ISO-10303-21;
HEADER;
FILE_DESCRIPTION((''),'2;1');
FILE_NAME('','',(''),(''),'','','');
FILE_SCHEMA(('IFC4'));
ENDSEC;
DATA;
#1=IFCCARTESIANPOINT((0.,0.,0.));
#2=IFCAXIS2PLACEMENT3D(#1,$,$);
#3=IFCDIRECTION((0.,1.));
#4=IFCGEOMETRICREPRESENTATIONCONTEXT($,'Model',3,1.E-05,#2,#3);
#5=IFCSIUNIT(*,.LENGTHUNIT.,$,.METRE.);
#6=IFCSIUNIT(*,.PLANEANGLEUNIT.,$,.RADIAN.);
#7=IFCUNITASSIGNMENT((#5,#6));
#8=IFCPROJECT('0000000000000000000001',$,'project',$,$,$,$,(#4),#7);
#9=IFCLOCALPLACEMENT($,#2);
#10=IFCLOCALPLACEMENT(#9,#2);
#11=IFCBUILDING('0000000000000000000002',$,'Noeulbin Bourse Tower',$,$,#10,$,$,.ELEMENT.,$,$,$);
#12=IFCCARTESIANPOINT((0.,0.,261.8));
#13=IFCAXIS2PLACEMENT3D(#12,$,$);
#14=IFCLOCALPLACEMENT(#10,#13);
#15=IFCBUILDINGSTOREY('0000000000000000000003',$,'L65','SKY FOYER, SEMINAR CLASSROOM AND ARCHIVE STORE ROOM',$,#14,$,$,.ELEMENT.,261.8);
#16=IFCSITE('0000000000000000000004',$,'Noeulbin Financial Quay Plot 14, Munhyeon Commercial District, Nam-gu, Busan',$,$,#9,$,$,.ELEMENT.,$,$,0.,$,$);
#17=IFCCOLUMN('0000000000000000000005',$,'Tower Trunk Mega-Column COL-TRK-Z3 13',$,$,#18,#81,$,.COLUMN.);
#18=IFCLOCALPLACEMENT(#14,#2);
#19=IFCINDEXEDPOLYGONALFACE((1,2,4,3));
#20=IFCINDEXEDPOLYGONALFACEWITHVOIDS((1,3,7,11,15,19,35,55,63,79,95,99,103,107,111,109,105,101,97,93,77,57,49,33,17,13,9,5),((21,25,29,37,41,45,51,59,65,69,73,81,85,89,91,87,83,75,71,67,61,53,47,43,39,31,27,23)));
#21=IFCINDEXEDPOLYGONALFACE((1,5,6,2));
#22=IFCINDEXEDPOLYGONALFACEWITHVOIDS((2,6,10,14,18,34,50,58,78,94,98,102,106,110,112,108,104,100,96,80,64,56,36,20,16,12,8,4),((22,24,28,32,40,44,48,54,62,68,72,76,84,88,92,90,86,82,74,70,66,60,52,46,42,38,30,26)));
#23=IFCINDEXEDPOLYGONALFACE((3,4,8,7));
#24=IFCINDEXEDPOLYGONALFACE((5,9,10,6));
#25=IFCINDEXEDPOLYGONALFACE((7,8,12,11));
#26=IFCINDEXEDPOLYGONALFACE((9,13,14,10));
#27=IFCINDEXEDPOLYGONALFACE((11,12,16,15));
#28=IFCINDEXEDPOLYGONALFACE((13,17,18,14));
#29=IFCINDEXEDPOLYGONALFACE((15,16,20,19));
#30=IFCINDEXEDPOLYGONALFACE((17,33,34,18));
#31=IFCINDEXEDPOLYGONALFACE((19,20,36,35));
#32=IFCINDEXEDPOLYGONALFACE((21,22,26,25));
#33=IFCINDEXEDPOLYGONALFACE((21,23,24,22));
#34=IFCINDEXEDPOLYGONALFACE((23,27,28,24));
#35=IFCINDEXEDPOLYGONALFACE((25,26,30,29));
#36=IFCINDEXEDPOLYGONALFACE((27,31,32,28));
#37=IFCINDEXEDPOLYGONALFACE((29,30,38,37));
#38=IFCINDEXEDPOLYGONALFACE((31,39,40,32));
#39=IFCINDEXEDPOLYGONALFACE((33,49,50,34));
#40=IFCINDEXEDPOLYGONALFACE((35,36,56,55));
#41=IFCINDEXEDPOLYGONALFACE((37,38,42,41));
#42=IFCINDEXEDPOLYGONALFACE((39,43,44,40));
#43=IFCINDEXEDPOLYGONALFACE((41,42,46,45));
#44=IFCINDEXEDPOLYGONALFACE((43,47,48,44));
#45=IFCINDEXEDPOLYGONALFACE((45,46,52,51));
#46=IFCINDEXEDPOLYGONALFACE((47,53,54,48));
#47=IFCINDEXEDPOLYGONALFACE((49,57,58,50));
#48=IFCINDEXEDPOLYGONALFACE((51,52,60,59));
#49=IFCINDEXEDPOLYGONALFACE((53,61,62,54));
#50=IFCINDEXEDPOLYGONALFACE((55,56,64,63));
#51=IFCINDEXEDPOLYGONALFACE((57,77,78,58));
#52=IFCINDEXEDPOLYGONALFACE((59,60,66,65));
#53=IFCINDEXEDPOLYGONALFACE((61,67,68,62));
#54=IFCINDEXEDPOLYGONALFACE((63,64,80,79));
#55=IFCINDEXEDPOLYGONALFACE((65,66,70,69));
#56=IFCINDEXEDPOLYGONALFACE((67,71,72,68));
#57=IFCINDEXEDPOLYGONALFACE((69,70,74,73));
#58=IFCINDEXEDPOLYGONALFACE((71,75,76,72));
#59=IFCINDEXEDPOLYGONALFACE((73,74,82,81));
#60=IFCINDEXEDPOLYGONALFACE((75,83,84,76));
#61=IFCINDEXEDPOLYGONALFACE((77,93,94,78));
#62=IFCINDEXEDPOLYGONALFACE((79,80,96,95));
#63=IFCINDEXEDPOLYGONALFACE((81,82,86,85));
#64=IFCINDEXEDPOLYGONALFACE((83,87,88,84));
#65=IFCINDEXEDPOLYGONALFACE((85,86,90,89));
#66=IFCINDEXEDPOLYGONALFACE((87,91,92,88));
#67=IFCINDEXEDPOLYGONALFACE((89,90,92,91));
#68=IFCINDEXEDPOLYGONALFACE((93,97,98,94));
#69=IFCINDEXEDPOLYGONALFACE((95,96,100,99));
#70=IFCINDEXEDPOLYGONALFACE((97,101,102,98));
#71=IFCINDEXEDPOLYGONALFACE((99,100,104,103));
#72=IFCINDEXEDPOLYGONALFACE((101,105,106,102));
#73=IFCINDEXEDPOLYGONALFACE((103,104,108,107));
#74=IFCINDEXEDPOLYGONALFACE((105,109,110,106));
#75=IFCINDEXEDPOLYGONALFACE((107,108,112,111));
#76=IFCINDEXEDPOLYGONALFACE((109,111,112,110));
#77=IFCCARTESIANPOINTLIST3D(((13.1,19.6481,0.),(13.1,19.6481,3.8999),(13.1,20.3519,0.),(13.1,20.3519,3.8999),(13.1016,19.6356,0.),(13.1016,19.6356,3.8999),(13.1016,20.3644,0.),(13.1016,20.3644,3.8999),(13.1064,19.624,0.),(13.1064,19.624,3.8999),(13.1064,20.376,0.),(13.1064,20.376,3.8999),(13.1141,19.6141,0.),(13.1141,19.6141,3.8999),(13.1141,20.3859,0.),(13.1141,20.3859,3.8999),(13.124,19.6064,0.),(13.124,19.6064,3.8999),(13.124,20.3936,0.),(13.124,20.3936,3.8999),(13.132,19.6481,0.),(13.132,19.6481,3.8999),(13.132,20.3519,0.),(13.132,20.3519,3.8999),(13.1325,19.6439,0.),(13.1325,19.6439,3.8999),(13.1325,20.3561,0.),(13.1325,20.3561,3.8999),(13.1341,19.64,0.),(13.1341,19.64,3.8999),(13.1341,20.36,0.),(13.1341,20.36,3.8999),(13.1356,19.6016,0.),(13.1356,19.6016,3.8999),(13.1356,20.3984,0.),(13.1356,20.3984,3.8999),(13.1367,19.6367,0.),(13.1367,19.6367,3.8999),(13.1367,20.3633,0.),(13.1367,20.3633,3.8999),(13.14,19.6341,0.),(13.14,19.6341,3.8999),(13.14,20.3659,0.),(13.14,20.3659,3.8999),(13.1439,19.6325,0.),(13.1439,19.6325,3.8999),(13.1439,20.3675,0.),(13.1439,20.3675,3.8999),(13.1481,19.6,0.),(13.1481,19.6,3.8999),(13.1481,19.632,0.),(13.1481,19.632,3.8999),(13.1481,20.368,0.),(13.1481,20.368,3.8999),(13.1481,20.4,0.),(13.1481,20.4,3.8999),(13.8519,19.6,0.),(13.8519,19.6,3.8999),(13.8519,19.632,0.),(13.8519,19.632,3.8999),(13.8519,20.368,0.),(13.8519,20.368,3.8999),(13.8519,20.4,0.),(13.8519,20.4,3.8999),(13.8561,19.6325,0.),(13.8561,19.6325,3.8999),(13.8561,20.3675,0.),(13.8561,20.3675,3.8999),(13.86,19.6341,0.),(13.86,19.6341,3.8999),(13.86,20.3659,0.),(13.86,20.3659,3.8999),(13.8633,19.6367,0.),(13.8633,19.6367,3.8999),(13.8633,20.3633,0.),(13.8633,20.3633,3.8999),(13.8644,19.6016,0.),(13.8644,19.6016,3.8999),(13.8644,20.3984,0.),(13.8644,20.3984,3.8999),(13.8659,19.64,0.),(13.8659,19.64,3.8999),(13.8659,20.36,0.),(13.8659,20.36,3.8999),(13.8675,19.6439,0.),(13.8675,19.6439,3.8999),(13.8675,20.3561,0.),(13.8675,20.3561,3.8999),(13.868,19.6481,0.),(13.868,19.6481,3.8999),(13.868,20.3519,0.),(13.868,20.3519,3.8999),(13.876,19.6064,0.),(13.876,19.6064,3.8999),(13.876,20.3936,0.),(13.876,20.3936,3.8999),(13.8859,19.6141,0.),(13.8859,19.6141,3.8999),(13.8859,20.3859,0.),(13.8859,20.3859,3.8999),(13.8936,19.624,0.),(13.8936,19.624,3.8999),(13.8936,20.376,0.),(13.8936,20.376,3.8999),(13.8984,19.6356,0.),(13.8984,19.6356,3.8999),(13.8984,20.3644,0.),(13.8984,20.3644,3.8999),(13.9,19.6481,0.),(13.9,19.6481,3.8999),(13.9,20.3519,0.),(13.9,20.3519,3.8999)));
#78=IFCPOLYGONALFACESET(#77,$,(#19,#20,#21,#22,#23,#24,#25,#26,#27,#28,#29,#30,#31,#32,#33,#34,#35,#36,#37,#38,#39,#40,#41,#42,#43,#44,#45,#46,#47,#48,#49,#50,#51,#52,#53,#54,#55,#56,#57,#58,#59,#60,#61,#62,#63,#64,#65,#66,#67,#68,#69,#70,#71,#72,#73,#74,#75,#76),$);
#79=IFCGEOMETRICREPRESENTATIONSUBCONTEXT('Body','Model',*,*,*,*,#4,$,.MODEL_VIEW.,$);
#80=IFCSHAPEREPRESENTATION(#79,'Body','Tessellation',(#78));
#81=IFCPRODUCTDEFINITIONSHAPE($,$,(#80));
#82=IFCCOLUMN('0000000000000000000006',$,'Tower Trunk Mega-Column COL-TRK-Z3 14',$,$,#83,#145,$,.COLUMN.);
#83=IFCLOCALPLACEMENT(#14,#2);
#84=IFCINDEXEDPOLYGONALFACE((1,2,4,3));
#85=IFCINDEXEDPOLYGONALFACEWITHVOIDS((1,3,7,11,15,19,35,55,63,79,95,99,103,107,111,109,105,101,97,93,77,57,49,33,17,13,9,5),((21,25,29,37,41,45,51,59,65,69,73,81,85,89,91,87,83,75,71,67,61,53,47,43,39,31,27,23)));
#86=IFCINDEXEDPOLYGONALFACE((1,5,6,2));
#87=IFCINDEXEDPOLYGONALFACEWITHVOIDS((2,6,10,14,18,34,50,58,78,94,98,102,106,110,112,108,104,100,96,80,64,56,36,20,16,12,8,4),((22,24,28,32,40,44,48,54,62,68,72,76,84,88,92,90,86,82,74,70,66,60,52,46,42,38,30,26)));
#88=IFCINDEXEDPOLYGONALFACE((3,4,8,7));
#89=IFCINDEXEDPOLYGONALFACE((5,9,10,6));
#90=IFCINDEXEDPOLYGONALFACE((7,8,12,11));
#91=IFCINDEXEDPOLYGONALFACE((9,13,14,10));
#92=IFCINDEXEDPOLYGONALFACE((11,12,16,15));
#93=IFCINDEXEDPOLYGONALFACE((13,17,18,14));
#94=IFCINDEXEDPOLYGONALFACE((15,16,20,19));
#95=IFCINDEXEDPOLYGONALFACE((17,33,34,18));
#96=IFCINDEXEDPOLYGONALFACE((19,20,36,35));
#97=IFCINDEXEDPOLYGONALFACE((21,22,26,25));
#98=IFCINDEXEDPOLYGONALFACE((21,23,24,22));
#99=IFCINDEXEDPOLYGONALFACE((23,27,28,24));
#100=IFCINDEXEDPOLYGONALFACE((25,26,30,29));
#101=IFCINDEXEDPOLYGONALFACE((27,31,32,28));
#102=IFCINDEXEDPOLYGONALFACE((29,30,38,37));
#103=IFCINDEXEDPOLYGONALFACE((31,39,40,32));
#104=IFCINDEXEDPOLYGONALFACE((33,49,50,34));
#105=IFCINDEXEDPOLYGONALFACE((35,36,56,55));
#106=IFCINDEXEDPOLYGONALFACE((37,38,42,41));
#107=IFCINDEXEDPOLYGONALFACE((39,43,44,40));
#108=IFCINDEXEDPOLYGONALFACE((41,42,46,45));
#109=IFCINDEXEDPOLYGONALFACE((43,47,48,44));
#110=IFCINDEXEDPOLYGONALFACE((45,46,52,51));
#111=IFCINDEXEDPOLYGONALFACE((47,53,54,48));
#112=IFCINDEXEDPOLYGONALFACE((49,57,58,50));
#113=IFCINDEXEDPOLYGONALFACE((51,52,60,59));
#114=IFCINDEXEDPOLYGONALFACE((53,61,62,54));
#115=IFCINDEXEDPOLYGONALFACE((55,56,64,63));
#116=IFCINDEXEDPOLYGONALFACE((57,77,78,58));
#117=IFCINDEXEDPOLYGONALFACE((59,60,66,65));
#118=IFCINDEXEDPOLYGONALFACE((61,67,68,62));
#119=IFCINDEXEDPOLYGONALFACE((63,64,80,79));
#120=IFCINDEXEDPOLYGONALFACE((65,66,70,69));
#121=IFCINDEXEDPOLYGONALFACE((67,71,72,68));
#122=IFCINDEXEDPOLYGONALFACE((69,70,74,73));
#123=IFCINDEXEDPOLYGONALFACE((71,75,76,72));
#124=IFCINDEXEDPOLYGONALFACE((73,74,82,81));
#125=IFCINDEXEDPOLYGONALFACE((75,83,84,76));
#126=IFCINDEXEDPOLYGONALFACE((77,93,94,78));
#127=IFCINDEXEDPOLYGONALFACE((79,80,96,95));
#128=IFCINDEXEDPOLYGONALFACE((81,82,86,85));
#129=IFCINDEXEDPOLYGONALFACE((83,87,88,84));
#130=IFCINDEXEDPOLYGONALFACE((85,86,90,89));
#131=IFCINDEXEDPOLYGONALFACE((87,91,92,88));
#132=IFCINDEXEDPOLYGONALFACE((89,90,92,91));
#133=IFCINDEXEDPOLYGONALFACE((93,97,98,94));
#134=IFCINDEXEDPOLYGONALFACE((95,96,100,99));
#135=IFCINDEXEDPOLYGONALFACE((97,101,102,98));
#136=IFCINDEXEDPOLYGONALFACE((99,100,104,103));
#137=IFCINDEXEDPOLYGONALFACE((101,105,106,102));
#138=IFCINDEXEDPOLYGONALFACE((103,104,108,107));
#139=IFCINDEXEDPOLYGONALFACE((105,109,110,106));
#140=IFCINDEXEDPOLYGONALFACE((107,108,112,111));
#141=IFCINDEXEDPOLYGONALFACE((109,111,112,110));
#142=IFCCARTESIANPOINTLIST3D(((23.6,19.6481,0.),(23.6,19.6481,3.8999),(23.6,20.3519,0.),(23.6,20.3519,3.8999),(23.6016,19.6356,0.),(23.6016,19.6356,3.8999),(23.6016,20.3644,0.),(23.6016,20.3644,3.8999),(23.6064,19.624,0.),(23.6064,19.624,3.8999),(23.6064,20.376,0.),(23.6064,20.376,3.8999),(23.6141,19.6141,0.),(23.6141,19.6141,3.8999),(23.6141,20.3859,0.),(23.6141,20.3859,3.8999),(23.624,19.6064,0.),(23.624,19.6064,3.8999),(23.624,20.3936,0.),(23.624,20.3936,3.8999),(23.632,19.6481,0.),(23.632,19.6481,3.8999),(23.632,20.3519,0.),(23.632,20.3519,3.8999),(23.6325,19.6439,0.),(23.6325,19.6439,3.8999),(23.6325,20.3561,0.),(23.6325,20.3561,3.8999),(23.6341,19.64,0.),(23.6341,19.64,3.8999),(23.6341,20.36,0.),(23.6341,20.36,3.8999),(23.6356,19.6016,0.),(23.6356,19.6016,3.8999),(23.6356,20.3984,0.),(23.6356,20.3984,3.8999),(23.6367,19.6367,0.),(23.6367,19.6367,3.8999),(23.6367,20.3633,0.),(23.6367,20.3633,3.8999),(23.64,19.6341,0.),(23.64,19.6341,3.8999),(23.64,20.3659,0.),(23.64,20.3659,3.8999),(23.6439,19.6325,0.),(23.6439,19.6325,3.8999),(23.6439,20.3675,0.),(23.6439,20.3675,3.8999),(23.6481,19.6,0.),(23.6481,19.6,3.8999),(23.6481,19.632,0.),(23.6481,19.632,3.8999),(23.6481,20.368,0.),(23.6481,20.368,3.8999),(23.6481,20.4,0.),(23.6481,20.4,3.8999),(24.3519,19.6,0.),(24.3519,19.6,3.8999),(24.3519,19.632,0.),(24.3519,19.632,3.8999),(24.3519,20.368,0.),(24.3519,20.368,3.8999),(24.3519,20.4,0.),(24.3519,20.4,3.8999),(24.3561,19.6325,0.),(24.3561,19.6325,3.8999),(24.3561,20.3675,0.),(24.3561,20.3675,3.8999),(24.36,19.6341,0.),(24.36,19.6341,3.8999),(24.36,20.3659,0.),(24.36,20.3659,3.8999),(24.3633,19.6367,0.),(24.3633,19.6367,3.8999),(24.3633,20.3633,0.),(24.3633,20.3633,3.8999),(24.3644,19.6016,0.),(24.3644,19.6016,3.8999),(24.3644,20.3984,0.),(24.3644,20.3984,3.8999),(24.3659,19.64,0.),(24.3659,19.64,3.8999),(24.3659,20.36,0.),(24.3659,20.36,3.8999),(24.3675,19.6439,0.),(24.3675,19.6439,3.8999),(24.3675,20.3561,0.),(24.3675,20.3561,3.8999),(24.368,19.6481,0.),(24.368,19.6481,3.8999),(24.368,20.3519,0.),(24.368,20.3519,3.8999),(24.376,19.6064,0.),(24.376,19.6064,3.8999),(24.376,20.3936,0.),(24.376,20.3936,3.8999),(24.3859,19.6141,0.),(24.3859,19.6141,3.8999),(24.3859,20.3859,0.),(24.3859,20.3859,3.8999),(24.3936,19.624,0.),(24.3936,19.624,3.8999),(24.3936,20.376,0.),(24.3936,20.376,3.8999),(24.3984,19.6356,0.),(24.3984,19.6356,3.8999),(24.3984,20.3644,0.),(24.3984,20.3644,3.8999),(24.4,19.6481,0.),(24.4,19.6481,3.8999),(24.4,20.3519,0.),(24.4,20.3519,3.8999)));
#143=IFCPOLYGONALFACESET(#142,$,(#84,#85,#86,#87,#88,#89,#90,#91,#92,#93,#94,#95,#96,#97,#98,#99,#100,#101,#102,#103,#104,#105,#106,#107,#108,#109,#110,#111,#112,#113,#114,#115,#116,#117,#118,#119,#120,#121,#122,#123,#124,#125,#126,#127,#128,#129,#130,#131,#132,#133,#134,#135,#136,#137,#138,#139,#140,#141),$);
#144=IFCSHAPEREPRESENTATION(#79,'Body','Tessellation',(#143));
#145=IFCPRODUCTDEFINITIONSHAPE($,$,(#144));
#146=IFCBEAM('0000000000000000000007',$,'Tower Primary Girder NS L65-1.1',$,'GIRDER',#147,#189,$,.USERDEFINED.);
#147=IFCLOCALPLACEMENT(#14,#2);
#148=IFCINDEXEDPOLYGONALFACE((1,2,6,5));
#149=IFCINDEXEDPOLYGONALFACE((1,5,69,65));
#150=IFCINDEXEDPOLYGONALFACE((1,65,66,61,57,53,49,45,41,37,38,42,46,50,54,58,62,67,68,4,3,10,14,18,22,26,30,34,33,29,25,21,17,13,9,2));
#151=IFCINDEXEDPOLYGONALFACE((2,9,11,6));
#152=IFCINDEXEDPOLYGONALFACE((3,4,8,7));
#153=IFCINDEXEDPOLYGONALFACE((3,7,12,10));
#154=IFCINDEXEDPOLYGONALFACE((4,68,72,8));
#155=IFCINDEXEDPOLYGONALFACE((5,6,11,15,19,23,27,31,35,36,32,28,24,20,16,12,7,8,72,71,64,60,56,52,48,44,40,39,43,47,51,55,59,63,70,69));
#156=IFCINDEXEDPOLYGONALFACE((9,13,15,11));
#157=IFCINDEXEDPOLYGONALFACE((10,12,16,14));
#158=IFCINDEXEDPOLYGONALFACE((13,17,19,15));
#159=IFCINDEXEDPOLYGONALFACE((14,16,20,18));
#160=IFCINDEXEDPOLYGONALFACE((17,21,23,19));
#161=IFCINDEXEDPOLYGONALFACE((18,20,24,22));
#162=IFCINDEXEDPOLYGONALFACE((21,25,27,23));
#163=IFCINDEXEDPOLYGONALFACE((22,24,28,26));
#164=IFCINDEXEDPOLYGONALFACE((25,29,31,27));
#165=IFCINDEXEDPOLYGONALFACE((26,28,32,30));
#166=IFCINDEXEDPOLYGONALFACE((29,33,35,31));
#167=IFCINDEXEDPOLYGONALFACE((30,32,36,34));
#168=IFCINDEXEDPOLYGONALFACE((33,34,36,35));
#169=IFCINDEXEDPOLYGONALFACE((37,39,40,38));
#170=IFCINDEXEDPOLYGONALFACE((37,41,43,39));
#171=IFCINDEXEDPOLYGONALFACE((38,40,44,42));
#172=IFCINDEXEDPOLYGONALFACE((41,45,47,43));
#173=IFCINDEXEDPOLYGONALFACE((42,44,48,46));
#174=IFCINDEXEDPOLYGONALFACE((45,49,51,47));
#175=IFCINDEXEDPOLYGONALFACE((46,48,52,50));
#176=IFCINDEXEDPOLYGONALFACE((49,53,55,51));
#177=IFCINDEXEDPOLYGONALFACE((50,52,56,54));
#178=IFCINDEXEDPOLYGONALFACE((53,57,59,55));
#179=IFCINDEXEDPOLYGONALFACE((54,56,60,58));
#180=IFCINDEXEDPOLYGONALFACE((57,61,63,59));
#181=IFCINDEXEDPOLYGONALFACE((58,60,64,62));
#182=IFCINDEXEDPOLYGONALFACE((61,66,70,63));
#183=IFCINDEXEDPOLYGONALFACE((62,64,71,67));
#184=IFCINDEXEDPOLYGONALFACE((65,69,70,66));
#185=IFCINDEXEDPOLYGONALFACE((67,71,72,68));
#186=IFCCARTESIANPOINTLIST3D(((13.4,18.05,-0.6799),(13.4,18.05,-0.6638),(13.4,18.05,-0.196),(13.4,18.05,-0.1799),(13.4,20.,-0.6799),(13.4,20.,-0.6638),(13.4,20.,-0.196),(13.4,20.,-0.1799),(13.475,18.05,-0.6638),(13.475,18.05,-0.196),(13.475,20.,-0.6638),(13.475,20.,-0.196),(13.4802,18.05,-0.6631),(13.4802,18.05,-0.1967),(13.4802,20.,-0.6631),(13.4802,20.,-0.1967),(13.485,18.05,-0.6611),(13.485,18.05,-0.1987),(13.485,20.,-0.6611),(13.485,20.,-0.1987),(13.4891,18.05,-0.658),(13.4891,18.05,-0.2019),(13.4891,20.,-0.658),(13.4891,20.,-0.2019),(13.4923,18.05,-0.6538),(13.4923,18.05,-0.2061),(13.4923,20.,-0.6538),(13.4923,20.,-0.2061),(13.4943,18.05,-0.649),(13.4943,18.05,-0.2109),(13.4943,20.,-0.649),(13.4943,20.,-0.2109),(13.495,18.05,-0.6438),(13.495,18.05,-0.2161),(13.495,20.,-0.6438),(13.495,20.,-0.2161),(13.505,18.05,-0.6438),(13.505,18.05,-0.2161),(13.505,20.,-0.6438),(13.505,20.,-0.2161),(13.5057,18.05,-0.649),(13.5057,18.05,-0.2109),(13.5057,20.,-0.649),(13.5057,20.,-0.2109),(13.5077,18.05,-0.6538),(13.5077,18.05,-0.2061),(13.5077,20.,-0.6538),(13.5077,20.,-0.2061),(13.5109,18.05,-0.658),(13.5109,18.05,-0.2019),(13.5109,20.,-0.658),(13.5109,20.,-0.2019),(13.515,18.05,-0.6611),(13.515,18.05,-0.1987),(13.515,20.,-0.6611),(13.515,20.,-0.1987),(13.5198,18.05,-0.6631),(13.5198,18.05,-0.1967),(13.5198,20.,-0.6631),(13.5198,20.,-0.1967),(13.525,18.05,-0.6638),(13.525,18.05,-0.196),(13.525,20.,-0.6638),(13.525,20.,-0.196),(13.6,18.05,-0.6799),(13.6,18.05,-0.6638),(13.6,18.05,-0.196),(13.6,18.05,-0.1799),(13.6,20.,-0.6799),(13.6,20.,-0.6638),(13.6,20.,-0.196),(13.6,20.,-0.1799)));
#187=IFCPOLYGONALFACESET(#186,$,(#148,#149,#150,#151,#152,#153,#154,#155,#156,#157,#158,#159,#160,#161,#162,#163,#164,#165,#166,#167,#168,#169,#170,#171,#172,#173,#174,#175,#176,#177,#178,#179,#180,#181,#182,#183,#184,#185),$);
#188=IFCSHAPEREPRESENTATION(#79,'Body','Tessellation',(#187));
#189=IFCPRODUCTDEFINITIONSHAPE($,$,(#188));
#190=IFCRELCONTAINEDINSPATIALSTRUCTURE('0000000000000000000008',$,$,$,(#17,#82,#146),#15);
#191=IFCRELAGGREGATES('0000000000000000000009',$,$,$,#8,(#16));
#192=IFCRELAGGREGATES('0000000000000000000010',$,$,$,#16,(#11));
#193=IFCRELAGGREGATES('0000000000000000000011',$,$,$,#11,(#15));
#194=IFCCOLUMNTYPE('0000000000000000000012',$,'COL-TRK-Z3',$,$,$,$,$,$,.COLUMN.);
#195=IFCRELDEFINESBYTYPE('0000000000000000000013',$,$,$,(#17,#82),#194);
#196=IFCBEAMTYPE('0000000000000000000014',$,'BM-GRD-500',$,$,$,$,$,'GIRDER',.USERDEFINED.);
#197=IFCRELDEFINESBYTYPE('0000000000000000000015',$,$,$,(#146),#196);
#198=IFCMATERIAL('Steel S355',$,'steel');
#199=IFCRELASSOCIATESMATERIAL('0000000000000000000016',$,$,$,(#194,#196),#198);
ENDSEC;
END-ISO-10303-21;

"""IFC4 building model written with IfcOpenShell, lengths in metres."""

from ifc_helpers import new_model, si_unit, direction, frame, origin, origin_2d, place, context, subcontext, project, spatial, hollow_rectangle, i_section, extrude, material, material_profile, profile_set, type_object, element, save


model = new_model("IFC4")

# Units and contexts
model_context = context("Model", 3, precision=1e-05, world=origin(), true_north=direction((0.0, 1.0)))
body_context = subcontext(model_context, "Body", "Model", "MODEL_VIEW")
ifc_project = project(units=[si_unit("LENGTHUNIT", "METRE"), si_unit("PLANEANGLEUNIT", "RADIAN")], contexts=[model_context])

# Site, building, storey
site_placement = place(None, origin())
site = spatial("IfcSite", under=ifc_project, at=site_placement, Name="Noeulbin Financial Quay Plot 14, Munhyeon Commercial District, Nam-gu, Busan", CompositionType="ELEMENT", RefElevation=0.0)
building_placement = place(site_placement, origin())
building = spatial("IfcBuilding", under=site, at=building_placement, Name="Noeulbin Bourse Tower", CompositionType="ELEMENT")
storey_placement = place(building_placement, frame((0.0, 0.0, 261.8)))
storey = spatial("IfcBuildingStorey", under=building, at=storey_placement, Name="L65", Description="SKY FOYER, SEMINAR CLASSROOM AND ARCHIVE STORE ROOM", CompositionType="ELEMENT", Elevation=261.8)

# Columns
ifc_material_1 = material(Name="Steel S355", Category="steel")
ifc_material_profile_1 = material_profile(ifc_material_1, hollow_rectangle(XDim=0.8, YDim=0.8, WallThickness=0.032, InnerFilletRadius=0.0161, OuterFilletRadius=0.0481, at=origin_2d()), Name="BOX-800x800x32", Category="LoadBearing")
ifc_profile_set_1 = profile_set([ifc_material_profile_1], Name="Steel S355")
column_type = type_object("IfcColumnType", Name="COL-TRK-Z3", PredefinedType="COLUMN", material=ifc_profile_set_1)
for number, where, z_axis, x_axis, name in (
    (1, (13.5, 20.0, 0.0), (0.0, 0.0, 1.0), (1.0, 0.0, 0.0), "Tower Trunk Mega-Column COL-TRK-Z3 13"),
    (2, (24.0, 20.0, 0.0), (0.0, 0.0, 1.0), (1.0, 0.0, 0.0), "Tower Trunk Mega-Column COL-TRK-Z3 14"),
):
    element("IfcColumn", number, at=place(storey_placement, frame(where, z_axis=z_axis, x_axis=x_axis)), inside=storey, type_object=column_type, Name=name, PredefinedType="COLUMN", context=body_context, shape_type="SweptSolid", body=[
        extrude(hollow_rectangle(XDim=0.8, YDim=0.8, WallThickness=0.032, InnerFilletRadius=0.0161, OuterFilletRadius=0.0481, at=origin_2d()), origin(), (0.0, 0.0, 1.0), 3.8999),
    ])

# Beam
ifc_material_profile_2 = material_profile(ifc_material_1, i_section(OverallWidth=0.2, OverallDepth=0.5, WebThickness=0.01, FlangeThickness=0.0161, FilletRadius=0.02, at=origin_2d()), Name="H-500x200x10x16", Category="LoadBearing")
ifc_profile_set_2 = profile_set([ifc_material_profile_2], Name="Steel S355")
beam_type_1 = type_object("IfcBeamType", Name="BM-GRD-500", ElementType="GIRDER", PredefinedType="USERDEFINED", material=ifc_profile_set_2)
beam_1_placement = place(storey_placement, frame((13.5, 18.05, -0.4299), z_axis=(0.0, 1.0, 0.0), x_axis=(-1.0, 0.0, 0.0)))
element("IfcBeam", 3, at=beam_1_placement, inside=storey, type_object=beam_type_1, Name="Tower Primary Girder NS L65-1.1", ObjectType="GIRDER", PredefinedType="USERDEFINED", context=body_context, shape_type="SweptSolid", body=[
    extrude(i_section(OverallWidth=0.2, OverallDepth=0.5, WebThickness=0.01, FlangeThickness=0.0161, FilletRadius=0.02, at=origin_2d()), origin(), (0.0, 0.0, 1.0), 1.95),
])

save(model, "model.ifc")
